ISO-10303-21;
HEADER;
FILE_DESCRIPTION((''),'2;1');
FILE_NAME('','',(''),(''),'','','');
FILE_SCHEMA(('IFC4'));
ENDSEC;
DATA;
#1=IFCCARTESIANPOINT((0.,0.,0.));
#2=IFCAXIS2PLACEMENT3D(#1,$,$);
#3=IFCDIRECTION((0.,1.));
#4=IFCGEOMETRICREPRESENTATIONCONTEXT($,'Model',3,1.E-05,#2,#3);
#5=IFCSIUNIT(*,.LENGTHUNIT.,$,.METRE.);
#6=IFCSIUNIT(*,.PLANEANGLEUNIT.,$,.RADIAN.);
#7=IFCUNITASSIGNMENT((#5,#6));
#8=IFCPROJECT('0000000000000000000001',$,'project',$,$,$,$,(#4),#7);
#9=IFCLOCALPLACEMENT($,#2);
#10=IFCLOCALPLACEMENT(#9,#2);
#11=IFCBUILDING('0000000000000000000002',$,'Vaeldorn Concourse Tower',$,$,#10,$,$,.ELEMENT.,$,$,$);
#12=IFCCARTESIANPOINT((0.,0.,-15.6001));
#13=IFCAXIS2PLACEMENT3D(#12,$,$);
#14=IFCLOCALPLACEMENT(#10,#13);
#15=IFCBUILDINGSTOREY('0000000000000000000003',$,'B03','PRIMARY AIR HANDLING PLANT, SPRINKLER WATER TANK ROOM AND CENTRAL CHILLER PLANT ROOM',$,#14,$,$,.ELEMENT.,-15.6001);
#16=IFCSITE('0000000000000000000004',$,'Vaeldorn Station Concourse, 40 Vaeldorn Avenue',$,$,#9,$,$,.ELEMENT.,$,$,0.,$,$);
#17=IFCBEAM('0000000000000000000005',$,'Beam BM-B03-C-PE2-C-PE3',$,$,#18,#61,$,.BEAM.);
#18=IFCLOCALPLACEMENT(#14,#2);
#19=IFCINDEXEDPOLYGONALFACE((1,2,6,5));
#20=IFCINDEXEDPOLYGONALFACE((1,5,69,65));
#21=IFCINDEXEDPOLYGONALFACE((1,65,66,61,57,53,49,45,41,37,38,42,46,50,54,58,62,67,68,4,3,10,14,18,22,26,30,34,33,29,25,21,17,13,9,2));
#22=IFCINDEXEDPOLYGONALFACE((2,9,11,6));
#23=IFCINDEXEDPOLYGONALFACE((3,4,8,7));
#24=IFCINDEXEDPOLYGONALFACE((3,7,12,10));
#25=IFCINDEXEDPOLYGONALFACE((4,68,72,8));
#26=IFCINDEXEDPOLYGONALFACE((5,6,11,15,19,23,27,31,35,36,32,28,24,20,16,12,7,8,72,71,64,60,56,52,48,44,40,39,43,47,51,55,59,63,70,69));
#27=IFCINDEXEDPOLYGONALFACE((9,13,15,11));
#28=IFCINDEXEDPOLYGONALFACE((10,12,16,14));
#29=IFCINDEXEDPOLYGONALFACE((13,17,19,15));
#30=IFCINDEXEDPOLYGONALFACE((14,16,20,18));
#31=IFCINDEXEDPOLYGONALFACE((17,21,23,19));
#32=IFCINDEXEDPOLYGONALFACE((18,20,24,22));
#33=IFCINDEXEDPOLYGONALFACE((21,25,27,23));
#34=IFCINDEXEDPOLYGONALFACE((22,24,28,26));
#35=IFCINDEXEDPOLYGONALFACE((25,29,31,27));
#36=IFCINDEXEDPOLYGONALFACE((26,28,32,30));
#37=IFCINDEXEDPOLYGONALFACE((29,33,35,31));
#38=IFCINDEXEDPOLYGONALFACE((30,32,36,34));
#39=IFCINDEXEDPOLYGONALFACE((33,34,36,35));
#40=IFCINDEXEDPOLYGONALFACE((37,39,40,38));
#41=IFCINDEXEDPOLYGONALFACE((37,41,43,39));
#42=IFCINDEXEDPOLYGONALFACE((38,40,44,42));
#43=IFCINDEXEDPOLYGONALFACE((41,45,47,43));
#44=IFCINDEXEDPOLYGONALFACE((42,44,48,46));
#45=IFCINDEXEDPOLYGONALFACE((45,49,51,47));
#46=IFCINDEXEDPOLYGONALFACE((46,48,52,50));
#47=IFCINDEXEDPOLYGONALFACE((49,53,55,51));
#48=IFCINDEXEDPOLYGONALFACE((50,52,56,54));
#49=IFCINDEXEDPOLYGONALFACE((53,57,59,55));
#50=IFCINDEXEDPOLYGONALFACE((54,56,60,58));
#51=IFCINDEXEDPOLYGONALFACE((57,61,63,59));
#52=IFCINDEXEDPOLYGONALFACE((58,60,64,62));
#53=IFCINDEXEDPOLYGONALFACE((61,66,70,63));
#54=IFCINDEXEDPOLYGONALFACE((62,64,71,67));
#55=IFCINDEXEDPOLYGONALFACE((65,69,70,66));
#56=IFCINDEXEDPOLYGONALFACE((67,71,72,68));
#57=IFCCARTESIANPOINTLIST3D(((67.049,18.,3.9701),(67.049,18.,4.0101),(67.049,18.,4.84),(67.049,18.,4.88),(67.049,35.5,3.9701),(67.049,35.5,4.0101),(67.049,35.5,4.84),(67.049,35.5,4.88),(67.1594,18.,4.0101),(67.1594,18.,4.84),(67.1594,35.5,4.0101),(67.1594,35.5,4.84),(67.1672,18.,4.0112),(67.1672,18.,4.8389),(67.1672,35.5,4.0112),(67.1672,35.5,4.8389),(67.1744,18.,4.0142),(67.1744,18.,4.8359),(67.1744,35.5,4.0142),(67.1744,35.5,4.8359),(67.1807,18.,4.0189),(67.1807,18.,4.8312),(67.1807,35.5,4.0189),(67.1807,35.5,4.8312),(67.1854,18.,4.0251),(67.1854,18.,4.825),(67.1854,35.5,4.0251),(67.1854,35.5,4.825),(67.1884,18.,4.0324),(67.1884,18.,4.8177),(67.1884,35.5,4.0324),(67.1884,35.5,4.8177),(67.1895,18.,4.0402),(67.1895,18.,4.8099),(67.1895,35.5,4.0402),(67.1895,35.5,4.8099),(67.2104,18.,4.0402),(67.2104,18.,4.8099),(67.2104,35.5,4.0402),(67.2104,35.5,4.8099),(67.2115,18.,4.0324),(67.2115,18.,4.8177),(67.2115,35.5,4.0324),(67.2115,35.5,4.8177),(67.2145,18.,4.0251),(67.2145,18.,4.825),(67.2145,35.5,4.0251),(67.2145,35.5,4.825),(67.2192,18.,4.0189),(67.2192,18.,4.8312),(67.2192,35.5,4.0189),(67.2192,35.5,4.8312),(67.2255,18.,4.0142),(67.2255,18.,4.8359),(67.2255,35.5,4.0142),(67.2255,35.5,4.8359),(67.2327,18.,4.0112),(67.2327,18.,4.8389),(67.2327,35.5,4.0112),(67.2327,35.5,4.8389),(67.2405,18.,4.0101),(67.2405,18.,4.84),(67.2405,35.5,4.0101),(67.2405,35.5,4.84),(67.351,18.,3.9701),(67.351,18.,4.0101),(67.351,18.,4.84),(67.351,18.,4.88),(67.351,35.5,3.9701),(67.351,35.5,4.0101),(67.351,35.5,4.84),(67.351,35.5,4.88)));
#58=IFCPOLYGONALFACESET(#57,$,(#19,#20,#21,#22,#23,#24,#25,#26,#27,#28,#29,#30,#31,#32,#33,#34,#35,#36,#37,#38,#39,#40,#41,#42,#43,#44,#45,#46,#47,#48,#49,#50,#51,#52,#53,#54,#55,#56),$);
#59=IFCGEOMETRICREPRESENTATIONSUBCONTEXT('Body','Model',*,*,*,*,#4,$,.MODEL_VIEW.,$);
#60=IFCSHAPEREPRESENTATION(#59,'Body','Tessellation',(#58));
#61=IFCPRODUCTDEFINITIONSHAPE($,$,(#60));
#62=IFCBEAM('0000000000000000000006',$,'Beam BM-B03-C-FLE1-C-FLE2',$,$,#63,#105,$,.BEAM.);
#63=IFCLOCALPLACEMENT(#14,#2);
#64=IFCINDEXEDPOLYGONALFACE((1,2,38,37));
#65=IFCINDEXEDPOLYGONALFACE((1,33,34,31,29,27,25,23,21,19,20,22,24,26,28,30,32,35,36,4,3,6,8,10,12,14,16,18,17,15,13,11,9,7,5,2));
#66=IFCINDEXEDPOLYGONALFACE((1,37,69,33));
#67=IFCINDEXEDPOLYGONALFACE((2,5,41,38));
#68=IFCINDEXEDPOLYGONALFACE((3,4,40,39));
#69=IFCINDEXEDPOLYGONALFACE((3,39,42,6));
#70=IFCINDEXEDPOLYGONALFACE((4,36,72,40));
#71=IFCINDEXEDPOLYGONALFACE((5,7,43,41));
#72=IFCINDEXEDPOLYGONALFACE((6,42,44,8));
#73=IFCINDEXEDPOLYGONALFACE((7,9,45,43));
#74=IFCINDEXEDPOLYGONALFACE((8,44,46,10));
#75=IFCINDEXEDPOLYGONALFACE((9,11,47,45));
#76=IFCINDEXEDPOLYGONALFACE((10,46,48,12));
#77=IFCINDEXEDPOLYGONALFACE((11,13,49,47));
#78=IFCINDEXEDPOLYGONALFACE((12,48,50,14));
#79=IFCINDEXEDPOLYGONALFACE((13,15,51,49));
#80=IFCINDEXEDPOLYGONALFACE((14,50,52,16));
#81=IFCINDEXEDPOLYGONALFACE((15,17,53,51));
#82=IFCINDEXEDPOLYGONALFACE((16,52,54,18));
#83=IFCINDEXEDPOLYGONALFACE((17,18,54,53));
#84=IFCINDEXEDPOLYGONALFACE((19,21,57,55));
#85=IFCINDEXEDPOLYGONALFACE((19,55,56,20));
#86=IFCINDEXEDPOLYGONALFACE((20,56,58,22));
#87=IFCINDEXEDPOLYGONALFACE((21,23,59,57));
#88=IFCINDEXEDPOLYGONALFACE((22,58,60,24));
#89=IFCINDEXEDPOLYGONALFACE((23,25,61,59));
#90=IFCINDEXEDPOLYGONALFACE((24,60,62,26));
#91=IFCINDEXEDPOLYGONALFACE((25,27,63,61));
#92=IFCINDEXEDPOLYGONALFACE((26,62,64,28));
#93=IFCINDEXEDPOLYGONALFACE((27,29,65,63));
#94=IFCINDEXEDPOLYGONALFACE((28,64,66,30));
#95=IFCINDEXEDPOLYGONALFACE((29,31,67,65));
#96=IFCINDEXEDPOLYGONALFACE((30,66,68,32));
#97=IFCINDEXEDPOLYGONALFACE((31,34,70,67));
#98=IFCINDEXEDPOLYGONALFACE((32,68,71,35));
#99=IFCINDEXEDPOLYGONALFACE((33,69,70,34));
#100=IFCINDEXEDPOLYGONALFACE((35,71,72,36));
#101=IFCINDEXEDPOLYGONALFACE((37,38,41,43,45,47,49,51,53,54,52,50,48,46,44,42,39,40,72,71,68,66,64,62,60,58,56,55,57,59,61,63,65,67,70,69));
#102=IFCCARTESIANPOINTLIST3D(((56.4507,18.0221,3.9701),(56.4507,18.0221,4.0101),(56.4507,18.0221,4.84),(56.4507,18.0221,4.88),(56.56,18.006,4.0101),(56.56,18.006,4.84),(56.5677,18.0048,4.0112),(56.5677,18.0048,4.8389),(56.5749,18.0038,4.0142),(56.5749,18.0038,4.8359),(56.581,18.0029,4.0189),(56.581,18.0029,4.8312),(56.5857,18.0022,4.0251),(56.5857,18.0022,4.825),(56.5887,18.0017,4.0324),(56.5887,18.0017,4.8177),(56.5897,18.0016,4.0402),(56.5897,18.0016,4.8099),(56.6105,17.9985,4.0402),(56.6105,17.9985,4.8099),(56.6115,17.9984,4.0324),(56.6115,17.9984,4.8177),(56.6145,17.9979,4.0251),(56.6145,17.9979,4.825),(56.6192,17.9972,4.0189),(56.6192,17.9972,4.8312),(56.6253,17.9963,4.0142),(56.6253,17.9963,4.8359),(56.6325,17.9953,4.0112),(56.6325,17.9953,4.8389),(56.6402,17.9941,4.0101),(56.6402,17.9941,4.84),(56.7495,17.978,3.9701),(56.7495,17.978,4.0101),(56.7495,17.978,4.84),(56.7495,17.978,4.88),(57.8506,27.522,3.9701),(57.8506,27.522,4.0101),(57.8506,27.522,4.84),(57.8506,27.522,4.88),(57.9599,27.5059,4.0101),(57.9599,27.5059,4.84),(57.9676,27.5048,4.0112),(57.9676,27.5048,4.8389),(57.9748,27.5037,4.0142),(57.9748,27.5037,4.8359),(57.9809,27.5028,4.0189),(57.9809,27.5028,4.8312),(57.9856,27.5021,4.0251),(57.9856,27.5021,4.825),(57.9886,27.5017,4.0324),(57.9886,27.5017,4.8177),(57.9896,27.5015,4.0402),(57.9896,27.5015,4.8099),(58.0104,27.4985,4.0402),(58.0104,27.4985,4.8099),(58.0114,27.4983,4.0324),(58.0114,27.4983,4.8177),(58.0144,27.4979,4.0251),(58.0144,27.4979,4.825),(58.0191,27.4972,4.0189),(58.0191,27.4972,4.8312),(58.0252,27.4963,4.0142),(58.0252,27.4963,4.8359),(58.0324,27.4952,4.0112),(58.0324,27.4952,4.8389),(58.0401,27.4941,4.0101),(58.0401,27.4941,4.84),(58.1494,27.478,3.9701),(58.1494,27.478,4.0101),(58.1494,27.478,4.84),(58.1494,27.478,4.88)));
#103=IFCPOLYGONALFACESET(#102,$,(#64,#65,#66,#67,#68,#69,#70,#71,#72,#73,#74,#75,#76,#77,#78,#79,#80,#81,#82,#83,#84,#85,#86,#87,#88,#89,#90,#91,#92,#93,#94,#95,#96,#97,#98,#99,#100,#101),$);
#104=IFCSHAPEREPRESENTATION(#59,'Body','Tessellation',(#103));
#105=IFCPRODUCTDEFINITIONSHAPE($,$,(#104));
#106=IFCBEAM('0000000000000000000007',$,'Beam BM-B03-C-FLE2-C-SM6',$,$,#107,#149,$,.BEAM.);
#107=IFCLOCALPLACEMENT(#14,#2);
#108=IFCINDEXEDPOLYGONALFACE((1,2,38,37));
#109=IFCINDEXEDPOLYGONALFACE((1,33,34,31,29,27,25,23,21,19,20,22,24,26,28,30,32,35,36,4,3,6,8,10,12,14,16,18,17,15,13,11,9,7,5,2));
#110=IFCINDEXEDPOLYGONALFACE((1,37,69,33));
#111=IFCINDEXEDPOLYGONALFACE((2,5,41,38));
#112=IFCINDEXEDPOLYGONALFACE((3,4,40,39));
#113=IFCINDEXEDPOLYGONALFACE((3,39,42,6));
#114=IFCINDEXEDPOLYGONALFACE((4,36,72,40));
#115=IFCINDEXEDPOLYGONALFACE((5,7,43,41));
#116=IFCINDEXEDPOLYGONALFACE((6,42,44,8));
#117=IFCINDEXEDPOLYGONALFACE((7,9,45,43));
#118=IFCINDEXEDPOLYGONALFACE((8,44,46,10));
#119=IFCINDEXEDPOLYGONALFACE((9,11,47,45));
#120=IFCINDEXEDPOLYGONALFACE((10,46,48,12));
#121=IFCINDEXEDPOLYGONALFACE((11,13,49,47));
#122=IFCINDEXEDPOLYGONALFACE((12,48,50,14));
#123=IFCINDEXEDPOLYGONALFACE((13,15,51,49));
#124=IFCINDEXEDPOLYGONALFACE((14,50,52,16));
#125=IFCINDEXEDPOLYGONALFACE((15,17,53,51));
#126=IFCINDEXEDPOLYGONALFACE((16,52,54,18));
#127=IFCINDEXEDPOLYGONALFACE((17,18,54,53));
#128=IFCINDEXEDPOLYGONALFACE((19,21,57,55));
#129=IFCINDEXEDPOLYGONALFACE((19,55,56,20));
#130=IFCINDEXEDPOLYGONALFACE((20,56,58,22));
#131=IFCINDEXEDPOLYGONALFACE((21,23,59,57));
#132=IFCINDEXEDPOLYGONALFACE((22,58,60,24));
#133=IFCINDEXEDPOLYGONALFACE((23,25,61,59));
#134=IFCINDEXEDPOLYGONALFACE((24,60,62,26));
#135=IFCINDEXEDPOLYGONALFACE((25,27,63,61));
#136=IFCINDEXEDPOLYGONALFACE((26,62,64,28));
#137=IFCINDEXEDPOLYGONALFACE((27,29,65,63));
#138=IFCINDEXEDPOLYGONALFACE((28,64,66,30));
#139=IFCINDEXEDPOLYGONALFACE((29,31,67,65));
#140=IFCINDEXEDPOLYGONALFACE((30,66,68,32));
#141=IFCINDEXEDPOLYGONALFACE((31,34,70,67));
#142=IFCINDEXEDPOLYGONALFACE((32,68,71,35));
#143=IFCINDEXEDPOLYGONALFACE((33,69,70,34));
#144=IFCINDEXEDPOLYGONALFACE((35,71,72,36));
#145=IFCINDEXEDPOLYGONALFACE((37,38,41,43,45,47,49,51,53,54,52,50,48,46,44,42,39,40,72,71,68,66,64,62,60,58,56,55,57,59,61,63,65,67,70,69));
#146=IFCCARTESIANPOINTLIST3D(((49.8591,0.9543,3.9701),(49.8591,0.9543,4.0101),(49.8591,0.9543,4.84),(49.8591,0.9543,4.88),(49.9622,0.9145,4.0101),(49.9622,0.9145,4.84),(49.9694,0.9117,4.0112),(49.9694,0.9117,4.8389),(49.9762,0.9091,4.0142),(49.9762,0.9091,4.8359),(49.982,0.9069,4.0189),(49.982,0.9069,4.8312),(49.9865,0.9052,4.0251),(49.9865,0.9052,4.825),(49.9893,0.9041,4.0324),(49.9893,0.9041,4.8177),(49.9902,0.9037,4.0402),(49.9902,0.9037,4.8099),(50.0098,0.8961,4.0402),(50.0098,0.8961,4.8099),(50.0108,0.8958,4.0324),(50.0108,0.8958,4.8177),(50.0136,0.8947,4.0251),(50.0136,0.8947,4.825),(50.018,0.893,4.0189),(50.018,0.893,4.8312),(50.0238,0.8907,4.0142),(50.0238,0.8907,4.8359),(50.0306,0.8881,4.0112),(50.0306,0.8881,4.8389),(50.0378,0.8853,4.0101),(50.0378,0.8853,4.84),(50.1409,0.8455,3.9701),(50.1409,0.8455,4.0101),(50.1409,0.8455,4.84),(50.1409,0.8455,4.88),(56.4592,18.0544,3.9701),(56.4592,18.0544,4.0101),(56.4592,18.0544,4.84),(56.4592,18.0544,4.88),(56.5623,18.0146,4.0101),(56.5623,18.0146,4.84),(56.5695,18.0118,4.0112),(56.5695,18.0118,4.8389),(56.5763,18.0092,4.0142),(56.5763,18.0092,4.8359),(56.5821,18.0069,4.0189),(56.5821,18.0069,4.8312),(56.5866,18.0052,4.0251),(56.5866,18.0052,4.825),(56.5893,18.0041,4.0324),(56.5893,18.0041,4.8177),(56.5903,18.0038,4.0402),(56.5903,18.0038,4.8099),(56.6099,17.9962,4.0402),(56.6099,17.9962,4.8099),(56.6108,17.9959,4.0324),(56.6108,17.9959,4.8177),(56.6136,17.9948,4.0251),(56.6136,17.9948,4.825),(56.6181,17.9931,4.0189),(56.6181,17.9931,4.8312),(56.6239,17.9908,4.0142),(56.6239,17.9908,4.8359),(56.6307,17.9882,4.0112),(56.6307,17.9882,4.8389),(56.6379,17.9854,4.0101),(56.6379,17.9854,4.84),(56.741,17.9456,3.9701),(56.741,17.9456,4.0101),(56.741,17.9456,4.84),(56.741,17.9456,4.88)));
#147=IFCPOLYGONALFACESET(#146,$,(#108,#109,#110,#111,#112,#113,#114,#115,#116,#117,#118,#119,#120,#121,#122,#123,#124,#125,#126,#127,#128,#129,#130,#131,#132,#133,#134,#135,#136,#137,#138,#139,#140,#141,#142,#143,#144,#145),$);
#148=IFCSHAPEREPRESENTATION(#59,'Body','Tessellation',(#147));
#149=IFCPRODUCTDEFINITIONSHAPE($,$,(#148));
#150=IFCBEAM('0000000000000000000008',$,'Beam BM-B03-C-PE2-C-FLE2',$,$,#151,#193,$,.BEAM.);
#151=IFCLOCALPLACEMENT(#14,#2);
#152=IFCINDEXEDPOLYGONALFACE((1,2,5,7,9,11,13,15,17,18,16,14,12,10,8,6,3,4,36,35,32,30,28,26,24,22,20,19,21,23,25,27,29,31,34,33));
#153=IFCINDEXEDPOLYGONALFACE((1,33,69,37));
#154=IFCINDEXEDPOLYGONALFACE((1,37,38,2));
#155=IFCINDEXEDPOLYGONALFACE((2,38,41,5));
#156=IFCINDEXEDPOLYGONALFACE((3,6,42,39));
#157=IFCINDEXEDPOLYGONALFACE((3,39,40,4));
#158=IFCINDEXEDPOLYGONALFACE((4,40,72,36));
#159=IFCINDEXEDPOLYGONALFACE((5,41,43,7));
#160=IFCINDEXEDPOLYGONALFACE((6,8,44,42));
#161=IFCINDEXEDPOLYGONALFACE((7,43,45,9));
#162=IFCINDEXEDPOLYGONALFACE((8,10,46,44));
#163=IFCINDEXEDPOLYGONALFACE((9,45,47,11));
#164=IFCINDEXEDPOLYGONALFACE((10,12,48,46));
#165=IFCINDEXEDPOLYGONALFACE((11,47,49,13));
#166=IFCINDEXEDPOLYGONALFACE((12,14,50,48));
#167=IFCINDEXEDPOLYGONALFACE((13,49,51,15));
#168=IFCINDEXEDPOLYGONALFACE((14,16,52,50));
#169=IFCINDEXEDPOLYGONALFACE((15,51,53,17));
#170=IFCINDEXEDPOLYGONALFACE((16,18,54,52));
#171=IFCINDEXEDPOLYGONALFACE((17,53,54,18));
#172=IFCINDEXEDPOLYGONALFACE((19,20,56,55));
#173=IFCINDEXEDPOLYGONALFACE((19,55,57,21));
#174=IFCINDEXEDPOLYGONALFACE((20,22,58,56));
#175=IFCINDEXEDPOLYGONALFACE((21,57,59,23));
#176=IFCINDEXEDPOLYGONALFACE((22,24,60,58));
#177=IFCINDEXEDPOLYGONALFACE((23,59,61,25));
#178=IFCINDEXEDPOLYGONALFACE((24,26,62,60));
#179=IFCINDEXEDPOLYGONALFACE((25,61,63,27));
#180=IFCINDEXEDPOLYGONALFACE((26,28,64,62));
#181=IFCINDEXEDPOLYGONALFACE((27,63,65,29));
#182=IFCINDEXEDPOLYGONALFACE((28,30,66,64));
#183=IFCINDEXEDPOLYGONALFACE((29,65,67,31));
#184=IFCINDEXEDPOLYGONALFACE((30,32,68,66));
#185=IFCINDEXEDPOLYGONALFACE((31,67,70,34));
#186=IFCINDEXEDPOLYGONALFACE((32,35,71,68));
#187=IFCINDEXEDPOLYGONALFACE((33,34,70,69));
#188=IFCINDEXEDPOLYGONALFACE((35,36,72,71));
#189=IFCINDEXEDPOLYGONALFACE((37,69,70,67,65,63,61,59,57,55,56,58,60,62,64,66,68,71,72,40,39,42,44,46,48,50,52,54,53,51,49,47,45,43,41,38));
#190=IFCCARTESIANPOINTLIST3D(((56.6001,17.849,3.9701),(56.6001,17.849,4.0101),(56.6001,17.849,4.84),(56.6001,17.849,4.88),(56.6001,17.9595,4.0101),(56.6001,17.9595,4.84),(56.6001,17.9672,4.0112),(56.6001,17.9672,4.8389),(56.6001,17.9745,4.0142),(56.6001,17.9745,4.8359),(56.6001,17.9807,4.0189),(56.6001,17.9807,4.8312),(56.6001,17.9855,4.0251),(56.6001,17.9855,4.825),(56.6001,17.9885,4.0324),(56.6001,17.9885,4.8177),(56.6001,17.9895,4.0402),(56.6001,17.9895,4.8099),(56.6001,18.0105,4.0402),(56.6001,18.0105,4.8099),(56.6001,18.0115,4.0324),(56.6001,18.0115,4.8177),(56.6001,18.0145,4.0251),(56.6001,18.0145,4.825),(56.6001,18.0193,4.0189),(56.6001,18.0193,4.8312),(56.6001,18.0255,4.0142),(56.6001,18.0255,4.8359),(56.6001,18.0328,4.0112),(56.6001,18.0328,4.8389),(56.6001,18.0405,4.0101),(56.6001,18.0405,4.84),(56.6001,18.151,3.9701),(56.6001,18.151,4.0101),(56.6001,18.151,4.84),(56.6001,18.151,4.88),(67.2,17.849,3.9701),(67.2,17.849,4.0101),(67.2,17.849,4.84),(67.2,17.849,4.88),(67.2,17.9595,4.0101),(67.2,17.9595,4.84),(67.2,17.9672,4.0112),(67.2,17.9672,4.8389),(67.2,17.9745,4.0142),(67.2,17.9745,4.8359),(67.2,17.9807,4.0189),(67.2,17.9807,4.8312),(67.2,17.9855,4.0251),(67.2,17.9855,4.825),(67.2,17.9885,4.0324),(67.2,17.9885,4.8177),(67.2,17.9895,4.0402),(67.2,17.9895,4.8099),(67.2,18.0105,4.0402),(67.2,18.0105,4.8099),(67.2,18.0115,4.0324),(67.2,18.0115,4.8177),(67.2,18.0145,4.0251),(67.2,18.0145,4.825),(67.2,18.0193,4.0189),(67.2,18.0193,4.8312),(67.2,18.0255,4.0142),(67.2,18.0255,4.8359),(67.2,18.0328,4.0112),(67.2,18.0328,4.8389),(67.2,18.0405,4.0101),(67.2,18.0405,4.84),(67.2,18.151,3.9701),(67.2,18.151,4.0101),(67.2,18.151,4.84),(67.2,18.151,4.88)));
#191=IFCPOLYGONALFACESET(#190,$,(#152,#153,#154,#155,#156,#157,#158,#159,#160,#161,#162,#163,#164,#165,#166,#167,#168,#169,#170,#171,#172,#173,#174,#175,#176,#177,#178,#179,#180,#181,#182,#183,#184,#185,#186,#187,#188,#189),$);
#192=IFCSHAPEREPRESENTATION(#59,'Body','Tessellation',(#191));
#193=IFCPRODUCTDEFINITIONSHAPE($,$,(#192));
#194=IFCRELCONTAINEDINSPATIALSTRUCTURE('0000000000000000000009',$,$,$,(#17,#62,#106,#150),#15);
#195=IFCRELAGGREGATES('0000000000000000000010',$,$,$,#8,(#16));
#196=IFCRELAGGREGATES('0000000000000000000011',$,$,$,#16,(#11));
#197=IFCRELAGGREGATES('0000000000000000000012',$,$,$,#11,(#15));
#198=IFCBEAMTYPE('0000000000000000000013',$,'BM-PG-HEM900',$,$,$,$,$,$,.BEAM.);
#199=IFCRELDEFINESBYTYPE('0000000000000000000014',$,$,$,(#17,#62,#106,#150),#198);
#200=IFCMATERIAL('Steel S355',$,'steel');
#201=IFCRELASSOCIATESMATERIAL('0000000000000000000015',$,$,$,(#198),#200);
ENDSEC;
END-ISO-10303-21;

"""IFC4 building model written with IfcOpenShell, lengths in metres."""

from ifc_helpers import new_model, si_unit, direction, frame, origin, origin_2d, place, context, subcontext, project, spatial, i_section, extrude, source, transform, mapped, material, material_profile, profile_set, type_object, element, save


model = new_model("IFC4")

# Units and contexts
model_context = context("Model", 3, precision=1e-05, world=origin(), true_north=direction((0.0, 1.0)))
body_context = subcontext(model_context, "Body", "Model", "MODEL_VIEW")
ifc_project = project(units=[si_unit("LENGTHUNIT", "METRE"), si_unit("PLANEANGLEUNIT", "RADIAN")], contexts=[model_context])

# Site, building, storey
site_placement = place(None, origin())
site = spatial("IfcSite", under=ifc_project, at=site_placement, Name="Vaeldorn Station Concourse, 40 Vaeldorn Avenue", CompositionType="ELEMENT", RefElevation=0.0)
building_placement = place(site_placement, origin())
building = spatial("IfcBuilding", under=site, at=building_placement, Name="Vaeldorn Concourse Tower", CompositionType="ELEMENT")
storey_placement = place(building_placement, frame((0.0, 0.0, -15.6001)))
storey = spatial("IfcBuildingStorey", under=building, at=storey_placement, Name="B03", Description="PRIMARY AIR HANDLING PLANT, SPRINKLER WATER TANK ROOM AND CENTRAL CHILLER PLANT ROOM", CompositionType="ELEMENT", Elevation=-15.6001)

# Beams
ifc_material_1 = material(Name="Steel S355", Category="steel")
ifc_material_profile_1 = material_profile(ifc_material_1, i_section(OverallWidth=0.302, OverallDepth=0.9099, WebThickness=0.021, FlangeThickness=0.04, FilletRadius=0.03, at=origin_2d()), Name="HEM 900")
ifc_profile_set_1 = profile_set([ifc_material_profile_1], Name="Steel S355")
beam_type = type_object("IfcBeamType", Name="BM-PG-HEM900", PredefinedType="BEAM", material=ifc_profile_set_1)
shared_shape_1 = source(origin(), body_context, "Body", "SweptSolid", [
    extrude(i_section(OverallWidth=0.302, OverallDepth=0.9099, WebThickness=0.021, FlangeThickness=0.04, FilletRadius=0.03, at=origin_2d()), origin(), (0.0, 0.0, 1.0), 17.5),
])
beam_1_placement = place(storey_placement, frame((67.2, 18.0, 4.425), z_axis=(0.0, 1.0, 0.0), x_axis=(-1.0, 0.0, 0.0)))
element("IfcBeam", 1, at=beam_1_placement, inside=storey, type_object=beam_type, Name="Beam BM-B03-C-PE2-C-PE3", PredefinedType="BEAM", context=body_context, shape_type="MappedRepresentation", body=[
    mapped(shared_shape_1, transform((0.0, 0.0, 0.0), scale=1.0)),
])
shared_shape_2 = source(origin(), body_context, "Body", "SweptSolid", [
    extrude(i_section(OverallWidth=0.302, OverallDepth=0.9099, WebThickness=0.021, FlangeThickness=0.04, FilletRadius=0.03, at=origin_2d()), origin(), (0.0, 0.0, 1.0), 9.6025),
])
beam_2_placement = place(storey_placement, frame((58.0, 27.5, 4.425), z_axis=(-0.145784, -0.989316, 0.0), x_axis=(0.989316, -0.145784, 0.0)))
element("IfcBeam", 2, at=beam_2_placement, inside=storey, type_object=beam_type, Name="Beam BM-B03-C-FLE1-C-FLE2", PredefinedType="BEAM", context=body_context, shape_type="MappedRepresentation", body=[
    mapped(shared_shape_2, transform((0.0, 0.0, 0.0), scale=1.0)),
])
shared_shape_3 = source(origin(), body_context, "Body", "SweptSolid", [
    extrude(i_section(OverallWidth=0.302, OverallDepth=0.9099, WebThickness=0.021, FlangeThickness=0.04, FilletRadius=0.03, at=origin_2d()), origin(), (0.0, 0.0, 1.0), 18.3296),
])
beam_3_placement = place(storey_placement, frame((56.6001, 18.0, 4.425), z_axis=(-0.360078, -0.932922, 0.0), x_axis=(0.932922, -0.360078, 0.0)))
element("IfcBeam", 3, at=beam_3_placement, inside=storey, type_object=beam_type, Name="Beam BM-B03-C-FLE2-C-SM6", PredefinedType="BEAM", context=body_context, shape_type="MappedRepresentation", body=[
    mapped(shared_shape_3, transform((0.0, 0.0, 0.0), scale=1.0)),
])
shared_shape_4 = source(origin(), body_context, "Body", "SweptSolid", [
    extrude(i_section(OverallWidth=0.302, OverallDepth=0.9099, WebThickness=0.021, FlangeThickness=0.04, FilletRadius=0.03, at=origin_2d()), origin(), (0.0, 0.0, 1.0), 10.5999),
])
beam_4_placement = place(storey_placement, frame((67.2, 18.0, 4.425), z_axis=(-1.0, 0.0, 0.0), x_axis=(0.0, -1.0, 0.0)))
element("IfcBeam", 4, at=beam_4_placement, inside=storey, type_object=beam_type, Name="Beam BM-B03-C-PE2-C-FLE2", PredefinedType="BEAM", context=body_context, shape_type="MappedRepresentation", body=[
    mapped(shared_shape_4, transform((0.0, 0.0, 0.0), scale=1.0)),
])

save(model, "model.ifc")
